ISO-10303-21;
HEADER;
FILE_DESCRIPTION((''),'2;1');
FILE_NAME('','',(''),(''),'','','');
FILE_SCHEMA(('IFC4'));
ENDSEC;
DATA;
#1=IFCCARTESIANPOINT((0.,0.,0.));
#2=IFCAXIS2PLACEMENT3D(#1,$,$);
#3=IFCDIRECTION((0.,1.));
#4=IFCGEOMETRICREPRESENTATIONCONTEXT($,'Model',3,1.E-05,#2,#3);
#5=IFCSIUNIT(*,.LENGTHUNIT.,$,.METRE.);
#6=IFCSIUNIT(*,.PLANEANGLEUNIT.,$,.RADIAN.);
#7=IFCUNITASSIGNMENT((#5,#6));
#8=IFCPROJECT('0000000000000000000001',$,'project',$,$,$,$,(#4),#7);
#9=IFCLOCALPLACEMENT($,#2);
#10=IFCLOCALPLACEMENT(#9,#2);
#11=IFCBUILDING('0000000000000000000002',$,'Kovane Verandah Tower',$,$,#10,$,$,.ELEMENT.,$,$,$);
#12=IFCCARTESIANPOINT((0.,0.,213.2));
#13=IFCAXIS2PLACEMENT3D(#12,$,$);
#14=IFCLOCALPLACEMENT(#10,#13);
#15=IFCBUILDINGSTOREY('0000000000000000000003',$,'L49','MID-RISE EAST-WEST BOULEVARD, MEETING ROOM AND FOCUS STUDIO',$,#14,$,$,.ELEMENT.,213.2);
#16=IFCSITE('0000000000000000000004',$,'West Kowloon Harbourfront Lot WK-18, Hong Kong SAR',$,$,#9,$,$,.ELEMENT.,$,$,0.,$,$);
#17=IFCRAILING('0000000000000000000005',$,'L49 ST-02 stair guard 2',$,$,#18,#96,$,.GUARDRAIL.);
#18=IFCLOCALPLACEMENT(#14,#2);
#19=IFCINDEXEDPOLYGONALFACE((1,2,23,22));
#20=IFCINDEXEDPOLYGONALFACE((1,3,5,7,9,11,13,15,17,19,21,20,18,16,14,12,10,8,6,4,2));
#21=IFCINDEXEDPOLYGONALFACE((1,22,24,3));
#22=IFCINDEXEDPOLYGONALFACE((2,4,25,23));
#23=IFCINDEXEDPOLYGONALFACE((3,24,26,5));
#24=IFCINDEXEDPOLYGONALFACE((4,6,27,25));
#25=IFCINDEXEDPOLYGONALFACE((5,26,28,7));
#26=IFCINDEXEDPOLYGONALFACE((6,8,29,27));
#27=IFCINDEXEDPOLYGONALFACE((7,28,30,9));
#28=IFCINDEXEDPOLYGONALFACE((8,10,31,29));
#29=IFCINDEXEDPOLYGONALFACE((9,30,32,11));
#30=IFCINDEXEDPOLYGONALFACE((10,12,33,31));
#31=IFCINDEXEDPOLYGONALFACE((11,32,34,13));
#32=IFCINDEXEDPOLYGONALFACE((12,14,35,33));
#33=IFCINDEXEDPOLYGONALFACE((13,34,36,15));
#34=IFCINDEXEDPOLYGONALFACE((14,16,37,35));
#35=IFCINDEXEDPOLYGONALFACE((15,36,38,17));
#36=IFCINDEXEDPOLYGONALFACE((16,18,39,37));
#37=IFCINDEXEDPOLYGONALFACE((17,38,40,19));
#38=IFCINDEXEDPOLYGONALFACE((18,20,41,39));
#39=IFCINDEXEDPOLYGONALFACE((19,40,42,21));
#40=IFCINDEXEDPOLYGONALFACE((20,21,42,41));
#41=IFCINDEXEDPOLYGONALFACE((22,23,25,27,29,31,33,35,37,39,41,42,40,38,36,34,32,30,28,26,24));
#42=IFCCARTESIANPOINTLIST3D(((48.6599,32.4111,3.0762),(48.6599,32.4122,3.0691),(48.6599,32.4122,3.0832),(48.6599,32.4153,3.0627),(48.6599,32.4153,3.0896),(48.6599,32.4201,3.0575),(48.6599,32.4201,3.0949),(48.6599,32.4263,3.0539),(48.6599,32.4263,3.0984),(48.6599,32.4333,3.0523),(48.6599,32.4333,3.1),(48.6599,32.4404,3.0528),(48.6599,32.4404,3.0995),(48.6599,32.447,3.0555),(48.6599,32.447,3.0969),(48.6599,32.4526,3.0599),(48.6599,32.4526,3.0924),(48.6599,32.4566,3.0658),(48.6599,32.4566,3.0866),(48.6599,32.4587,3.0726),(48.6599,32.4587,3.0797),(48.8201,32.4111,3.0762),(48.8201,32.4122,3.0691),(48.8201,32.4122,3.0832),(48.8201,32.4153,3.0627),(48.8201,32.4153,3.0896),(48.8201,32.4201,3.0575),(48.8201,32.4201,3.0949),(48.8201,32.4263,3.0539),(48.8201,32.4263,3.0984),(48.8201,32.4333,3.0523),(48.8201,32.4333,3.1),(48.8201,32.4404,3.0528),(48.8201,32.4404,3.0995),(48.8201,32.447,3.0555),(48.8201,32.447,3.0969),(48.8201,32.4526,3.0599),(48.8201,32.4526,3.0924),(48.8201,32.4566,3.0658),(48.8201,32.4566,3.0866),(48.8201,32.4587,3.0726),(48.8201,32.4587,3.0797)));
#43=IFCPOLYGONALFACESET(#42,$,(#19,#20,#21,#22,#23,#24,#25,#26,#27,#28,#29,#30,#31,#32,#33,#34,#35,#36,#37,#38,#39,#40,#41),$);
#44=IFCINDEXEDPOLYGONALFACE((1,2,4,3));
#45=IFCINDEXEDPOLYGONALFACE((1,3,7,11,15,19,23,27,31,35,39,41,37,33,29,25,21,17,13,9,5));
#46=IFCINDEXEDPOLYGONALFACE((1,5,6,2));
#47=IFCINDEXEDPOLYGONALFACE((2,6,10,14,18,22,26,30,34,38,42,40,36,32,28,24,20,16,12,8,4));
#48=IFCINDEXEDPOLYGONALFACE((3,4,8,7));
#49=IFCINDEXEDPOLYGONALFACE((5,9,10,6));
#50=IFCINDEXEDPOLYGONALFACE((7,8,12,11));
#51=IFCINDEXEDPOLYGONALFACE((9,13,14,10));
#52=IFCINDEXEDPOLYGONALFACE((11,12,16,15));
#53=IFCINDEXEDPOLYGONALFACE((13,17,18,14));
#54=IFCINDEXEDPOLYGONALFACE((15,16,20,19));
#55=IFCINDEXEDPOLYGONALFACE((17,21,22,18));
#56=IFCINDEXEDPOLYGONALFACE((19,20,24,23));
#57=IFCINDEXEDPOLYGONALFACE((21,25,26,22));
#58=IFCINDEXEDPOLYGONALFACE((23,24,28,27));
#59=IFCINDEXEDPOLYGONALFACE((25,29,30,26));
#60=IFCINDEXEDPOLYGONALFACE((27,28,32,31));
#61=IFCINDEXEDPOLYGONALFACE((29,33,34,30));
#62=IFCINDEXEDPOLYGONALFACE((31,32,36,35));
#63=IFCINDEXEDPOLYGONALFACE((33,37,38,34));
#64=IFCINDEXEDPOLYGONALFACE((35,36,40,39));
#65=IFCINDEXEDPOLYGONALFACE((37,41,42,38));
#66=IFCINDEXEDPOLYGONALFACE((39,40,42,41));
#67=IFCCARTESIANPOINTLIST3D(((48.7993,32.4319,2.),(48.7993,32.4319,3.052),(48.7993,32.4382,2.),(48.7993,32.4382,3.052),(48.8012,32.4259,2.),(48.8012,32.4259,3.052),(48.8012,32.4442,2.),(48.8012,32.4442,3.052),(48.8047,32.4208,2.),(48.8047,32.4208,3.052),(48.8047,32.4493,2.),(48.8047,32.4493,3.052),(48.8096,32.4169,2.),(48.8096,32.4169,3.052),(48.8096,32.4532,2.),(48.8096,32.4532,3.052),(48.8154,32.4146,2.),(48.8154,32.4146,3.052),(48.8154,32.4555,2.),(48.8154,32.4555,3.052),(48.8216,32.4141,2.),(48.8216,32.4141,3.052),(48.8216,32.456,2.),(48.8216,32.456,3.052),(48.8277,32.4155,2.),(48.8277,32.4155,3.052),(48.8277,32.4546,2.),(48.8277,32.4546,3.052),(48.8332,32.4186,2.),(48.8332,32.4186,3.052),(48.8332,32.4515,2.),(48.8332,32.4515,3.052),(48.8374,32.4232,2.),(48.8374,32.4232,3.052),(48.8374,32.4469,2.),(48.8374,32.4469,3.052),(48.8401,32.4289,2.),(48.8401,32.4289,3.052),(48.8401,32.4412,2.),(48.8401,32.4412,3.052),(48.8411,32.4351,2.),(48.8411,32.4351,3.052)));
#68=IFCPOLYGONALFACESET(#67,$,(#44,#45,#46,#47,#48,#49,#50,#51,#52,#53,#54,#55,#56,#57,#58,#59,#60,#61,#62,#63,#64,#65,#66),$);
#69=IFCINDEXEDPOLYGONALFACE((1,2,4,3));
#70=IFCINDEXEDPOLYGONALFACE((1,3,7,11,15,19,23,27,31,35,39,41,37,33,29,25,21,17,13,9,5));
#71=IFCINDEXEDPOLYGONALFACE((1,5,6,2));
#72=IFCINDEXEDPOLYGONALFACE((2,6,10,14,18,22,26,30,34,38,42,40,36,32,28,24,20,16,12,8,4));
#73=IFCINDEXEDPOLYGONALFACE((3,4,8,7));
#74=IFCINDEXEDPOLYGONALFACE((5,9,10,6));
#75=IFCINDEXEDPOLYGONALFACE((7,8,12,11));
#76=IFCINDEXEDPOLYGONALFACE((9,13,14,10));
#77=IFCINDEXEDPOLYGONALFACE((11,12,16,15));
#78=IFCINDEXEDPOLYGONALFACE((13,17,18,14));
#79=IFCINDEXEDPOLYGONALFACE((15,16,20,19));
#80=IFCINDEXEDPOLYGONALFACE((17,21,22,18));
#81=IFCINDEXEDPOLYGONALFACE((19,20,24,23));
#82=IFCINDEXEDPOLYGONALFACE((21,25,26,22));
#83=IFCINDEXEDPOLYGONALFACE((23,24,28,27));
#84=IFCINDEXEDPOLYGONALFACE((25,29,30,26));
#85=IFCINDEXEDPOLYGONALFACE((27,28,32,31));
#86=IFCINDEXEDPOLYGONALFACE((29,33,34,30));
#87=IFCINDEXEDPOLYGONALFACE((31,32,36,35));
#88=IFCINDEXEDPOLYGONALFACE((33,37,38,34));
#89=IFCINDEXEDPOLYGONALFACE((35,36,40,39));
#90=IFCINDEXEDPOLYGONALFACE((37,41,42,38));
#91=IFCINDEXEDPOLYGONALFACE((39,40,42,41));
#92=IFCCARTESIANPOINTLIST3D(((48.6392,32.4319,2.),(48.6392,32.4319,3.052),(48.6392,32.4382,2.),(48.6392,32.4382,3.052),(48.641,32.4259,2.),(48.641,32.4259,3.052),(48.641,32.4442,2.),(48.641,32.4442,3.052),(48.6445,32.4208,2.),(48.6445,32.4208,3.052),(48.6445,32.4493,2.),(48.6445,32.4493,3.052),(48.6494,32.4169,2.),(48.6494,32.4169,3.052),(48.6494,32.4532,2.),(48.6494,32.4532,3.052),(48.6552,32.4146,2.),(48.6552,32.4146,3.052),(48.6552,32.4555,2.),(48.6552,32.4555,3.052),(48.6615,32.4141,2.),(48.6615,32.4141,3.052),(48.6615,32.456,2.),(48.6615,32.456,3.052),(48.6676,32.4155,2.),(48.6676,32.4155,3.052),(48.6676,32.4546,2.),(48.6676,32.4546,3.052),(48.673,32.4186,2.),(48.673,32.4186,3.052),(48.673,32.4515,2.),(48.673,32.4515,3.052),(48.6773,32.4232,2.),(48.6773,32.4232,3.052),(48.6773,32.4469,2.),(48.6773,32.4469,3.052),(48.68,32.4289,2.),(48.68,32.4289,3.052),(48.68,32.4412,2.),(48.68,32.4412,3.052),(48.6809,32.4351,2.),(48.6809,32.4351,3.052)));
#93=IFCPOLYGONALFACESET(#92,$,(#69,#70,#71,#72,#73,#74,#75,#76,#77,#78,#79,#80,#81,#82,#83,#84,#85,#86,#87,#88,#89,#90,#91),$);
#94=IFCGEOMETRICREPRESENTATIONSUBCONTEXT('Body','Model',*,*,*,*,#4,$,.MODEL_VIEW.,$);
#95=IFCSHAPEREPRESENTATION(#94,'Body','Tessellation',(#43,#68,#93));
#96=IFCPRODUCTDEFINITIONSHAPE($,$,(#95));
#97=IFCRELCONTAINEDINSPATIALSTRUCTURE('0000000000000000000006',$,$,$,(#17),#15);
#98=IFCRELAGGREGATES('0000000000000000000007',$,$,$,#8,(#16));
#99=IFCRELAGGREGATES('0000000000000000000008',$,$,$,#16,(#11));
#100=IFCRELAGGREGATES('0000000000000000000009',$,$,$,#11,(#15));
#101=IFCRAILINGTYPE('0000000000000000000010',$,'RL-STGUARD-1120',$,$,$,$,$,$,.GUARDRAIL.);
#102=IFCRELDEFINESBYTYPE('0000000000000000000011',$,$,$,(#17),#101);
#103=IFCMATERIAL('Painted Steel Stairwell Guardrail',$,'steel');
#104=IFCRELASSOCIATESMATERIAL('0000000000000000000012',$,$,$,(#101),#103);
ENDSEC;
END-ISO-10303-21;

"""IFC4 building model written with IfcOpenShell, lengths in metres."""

from ifc_helpers import new_model, si_unit, direction, frame, origin, origin_2d, place, context, subcontext, project, spatial, circle, extrude, material, type_object, element, save


model = new_model("IFC4")

# Units and contexts
model_context = context("Model", 3, precision=1e-05, world=origin(), true_north=direction((0.0, 1.0)))
body_context = subcontext(model_context, "Body", "Model", "MODEL_VIEW")
ifc_project = project(units=[si_unit("LENGTHUNIT", "METRE"), si_unit("PLANEANGLEUNIT", "RADIAN")], contexts=[model_context])

# Site, building, storey
site_placement = place(None, origin())
site = spatial("IfcSite", under=ifc_project, at=site_placement, Name="West Kowloon Harbourfront Lot WK-18, Hong Kong SAR", CompositionType="ELEMENT", RefElevation=0.0)
building_placement = place(site_placement, origin())
building = spatial("IfcBuilding", under=site, at=building_placement, Name="Kovane Verandah Tower", CompositionType="ELEMENT")
storey_placement = place(building_placement, frame((0.0, 0.0, 213.2)))
storey = spatial("IfcBuildingStorey", under=building, at=storey_placement, Name="L49", Description="MID-RISE EAST-WEST BOULEVARD, MEETING ROOM AND FOCUS STUDIO", CompositionType="ELEMENT", Elevation=213.2)

# Railing
ifc_material_1 = material(Name="Painted Steel Stairwell Guardrail", Category="steel")
railing_type_1 = type_object("IfcRailingType", Name="RL-STGUARD-1120", PredefinedType="GUARDRAIL", material=ifc_material_1)
railing_1_placement = place(storey_placement, frame((48.8201, 32.4351, 2.0)))
element("IfcRailing", 1, at=railing_1_placement, inside=storey, type_object=railing_type_1, Name="L49 ST-02 stair guard 2", PredefinedType="GUARDRAIL", context=body_context, shape_type="SweptSolid", body=[
    extrude(circle(Radius=0.0239, at=origin_2d()), frame((0.0, 0.0, 1.0762), z_axis=(-1.0, 0.0, 0.0), x_axis=(0.0, -1.0, 0.0)), (0.0, 0.0, 1.0), 0.1602),
    extrude(circle(Radius=0.021, at=origin_2d()), origin(), (0.0, 0.0, 1.0), 1.052),
    extrude(circle(Radius=0.021, at=origin_2d()), frame((-0.1602, 0.0, 0.0)), (0.0, 0.0, 1.0), 1.052),
])

save(model, "model.ifc")
